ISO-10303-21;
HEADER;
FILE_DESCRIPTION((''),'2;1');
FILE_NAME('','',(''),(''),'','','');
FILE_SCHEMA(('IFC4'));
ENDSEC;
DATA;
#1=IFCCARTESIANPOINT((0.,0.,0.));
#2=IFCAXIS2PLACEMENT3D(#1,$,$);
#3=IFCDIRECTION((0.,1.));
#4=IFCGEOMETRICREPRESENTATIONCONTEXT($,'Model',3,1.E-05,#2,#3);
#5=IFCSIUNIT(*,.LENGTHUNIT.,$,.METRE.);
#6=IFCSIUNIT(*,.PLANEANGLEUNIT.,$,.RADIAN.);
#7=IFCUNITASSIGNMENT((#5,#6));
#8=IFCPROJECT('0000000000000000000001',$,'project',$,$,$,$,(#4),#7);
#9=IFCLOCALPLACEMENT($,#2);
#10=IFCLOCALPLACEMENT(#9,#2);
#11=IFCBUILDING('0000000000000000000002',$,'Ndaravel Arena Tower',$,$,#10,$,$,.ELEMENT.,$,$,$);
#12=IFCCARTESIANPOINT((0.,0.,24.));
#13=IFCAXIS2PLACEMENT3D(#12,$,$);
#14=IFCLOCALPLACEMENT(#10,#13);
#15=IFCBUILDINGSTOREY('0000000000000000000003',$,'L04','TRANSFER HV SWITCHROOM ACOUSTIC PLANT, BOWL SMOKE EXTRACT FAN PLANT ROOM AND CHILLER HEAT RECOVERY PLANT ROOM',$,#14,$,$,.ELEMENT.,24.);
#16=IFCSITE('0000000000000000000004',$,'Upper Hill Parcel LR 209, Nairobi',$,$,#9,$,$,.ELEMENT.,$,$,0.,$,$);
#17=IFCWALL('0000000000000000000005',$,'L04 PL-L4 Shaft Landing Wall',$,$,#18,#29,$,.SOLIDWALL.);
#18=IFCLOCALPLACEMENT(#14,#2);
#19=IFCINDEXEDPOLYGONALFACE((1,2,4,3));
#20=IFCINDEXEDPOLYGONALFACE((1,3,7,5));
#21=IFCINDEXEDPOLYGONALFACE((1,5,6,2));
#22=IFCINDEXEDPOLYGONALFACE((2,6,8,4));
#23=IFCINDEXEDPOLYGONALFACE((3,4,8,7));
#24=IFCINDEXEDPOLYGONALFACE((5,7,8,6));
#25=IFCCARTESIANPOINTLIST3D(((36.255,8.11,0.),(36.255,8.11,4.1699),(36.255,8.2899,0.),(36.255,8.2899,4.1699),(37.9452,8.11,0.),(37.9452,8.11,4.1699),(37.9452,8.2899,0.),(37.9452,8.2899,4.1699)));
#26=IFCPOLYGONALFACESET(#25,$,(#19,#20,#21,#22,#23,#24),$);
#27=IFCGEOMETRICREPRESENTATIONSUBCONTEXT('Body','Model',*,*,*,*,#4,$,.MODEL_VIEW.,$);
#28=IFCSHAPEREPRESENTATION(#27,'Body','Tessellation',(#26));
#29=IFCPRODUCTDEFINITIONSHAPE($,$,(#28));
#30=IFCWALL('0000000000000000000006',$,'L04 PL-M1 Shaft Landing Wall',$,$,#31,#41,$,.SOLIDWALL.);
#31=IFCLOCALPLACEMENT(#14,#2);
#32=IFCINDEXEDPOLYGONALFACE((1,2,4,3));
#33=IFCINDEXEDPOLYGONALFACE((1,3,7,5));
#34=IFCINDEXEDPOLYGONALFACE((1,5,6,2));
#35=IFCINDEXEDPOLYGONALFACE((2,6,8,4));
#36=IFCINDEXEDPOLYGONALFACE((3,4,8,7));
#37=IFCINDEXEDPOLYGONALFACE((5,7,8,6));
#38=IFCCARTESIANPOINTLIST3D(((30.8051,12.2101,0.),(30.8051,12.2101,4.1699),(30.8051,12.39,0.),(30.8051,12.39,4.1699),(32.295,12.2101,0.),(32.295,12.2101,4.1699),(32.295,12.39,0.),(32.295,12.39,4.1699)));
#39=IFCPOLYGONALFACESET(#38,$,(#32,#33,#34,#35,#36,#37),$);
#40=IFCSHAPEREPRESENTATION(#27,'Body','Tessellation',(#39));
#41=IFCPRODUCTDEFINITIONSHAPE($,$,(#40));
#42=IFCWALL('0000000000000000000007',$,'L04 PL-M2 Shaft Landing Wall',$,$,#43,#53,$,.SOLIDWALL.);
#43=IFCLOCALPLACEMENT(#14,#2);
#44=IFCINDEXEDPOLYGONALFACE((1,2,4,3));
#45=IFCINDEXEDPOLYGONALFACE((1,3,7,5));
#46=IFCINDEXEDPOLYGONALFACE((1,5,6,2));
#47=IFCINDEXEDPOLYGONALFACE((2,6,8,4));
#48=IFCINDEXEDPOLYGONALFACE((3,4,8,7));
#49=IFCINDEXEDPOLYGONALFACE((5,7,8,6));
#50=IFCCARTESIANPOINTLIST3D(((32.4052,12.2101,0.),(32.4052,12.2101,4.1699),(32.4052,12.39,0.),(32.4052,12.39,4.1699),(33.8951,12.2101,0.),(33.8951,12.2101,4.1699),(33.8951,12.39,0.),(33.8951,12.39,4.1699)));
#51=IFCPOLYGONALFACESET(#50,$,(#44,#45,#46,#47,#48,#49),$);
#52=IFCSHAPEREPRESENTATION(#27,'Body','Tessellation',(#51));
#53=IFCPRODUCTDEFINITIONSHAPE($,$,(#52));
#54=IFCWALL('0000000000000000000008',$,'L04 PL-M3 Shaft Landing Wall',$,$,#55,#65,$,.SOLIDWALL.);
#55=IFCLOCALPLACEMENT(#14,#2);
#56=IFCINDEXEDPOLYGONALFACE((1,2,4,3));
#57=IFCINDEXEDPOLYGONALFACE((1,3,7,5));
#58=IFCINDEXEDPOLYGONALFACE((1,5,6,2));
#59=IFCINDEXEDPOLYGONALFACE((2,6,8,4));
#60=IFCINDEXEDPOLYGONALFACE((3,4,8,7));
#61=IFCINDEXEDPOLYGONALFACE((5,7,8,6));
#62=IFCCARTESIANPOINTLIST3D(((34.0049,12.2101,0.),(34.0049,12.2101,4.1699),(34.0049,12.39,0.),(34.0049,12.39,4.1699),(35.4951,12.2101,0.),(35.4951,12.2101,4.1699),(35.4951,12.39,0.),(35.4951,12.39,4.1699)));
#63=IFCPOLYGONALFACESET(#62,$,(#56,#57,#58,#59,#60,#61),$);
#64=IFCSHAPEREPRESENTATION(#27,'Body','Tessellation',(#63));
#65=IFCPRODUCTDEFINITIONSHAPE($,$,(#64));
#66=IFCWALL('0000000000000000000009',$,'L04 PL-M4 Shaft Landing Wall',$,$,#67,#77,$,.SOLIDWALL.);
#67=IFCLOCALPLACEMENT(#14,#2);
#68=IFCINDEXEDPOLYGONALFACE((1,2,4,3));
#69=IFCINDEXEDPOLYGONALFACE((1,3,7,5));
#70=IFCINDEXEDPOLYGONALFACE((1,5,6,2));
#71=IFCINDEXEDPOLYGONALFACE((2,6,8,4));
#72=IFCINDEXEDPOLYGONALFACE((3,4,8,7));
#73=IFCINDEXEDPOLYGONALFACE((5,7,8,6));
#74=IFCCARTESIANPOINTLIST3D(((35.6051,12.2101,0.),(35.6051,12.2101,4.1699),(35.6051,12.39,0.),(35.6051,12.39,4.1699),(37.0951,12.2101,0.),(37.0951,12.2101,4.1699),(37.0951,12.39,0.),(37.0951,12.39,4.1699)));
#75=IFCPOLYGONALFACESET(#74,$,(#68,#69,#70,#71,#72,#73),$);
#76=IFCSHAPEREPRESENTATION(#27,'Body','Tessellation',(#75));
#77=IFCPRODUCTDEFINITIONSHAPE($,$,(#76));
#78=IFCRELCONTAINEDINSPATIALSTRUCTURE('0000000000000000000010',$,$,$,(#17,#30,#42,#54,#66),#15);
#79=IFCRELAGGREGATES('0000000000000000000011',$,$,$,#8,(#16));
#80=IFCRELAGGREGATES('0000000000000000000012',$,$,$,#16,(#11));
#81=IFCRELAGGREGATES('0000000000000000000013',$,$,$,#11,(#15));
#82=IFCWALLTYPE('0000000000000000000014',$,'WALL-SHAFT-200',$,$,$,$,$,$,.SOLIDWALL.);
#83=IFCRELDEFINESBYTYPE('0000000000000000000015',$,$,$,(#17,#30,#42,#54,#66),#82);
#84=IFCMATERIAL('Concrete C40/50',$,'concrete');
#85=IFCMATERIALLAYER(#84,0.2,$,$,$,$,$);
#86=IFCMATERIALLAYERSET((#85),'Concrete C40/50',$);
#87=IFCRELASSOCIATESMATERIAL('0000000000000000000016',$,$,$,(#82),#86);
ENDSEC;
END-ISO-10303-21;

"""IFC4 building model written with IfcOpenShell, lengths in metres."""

from ifc_helpers import new_model, si_unit, direction, frame, frame_2d, origin, place, context, subcontext, project, spatial, rectangle, extrude, material, layer, layer_set, type_object, element, save


model = new_model("IFC4")

# Units and contexts
model_context = context("Model", 3, precision=1e-05, world=origin(), true_north=direction((0.0, 1.0)))
body_context = subcontext(model_context, "Body", "Model", "MODEL_VIEW")
ifc_project = project(units=[si_unit("LENGTHUNIT", "METRE"), si_unit("PLANEANGLEUNIT", "RADIAN")], contexts=[model_context])

# Site, building, storey
site_placement = place(None, origin())
site = spatial("IfcSite", under=ifc_project, at=site_placement, Name="Upper Hill Parcel LR 209, Nairobi", CompositionType="ELEMENT", RefElevation=0.0)
building_placement = place(site_placement, origin())
building = spatial("IfcBuilding", under=site, at=building_placement, Name="Ndaravel Arena Tower", CompositionType="ELEMENT")
storey_placement = place(building_placement, frame((0.0, 0.0, 24.0)))
storey = spatial("IfcBuildingStorey", under=building, at=storey_placement, Name="L04", Description="TRANSFER HV SWITCHROOM ACOUSTIC PLANT, BOWL SMOKE EXTRACT FAN PLANT ROOM AND CHILLER HEAT RECOVERY PLANT ROOM", CompositionType="ELEMENT", Elevation=24.0)

# Walls
ifc_material_1 = material(Name="Concrete C40/50", Category="concrete")
ifc_layer_1 = layer(ifc_material_1, 0.2)
ifc_layer_set_1 = layer_set([ifc_layer_1], Name="Concrete C40/50")
wall_type_1 = type_object("IfcWallType", Name="WALL-SHAFT-200", PredefinedType="SOLIDWALL", material=ifc_layer_set_1)
wall_1_placement = place(storey_placement, frame((36.2549, 8.2, 0.0), z_axis=(0.0, 0.0, 1.0), x_axis=(1.0, 0.0, 0.0)))
element("IfcWall", 1, at=wall_1_placement, inside=storey, type_object=wall_type_1, Name="L04 PL-L4 Shaft Landing Wall", PredefinedType="SOLIDWALL", context=body_context, shape_type="SweptSolid", body=[
    extrude(rectangle(XDim=1.6902, YDim=0.1799, at=frame_2d((0.8452, 0.0))), origin(), (0.0, 0.0, 1.0), 4.1699),
])
for number, where, z_axis, x_axis, name in (
    (2, (30.8049, 12.3, 0.0), (0.0, 0.0, 1.0), (1.0, 0.0, 0.0), "L04 PL-M1 Shaft Landing Wall"),
    (3, (32.405, 12.3, 0.0), (0.0, 0.0, 1.0), (1.0, 0.0, 0.0), "L04 PL-M2 Shaft Landing Wall"),
):
    element("IfcWall", number, at=place(storey_placement, frame(where, z_axis=z_axis, x_axis=x_axis)), inside=storey, type_object=wall_type_1, Name=name, PredefinedType="SOLIDWALL", context=body_context, shape_type="SweptSolid", body=[
        extrude(rectangle(XDim=1.49, YDim=0.1799, at=frame_2d((0.7451, 0.0))), origin(), (0.0, 0.0, 1.0), 4.1699),
    ])
wall_2_placement = place(storey_placement, frame((34.0049, 12.3, 0.0), z_axis=(0.0, 0.0, 1.0), x_axis=(1.0, 0.0, 0.0)))
element("IfcWall", 4, at=wall_2_placement, inside=storey, type_object=wall_type_1, Name="L04 PL-M3 Shaft Landing Wall", PredefinedType="SOLIDWALL", context=body_context, shape_type="SweptSolid", body=[
    extrude(rectangle(XDim=1.4902, YDim=0.1799, at=frame_2d((0.7451, 0.0))), origin(), (0.0, 0.0, 1.0), 4.1699),
])
wall_3_placement = place(storey_placement, frame((35.605, 12.3, 0.0), z_axis=(0.0, 0.0, 1.0), x_axis=(1.0, 0.0, 0.0)))
element("IfcWall", 5, at=wall_3_placement, inside=storey, type_object=wall_type_1, Name="L04 PL-M4 Shaft Landing Wall", PredefinedType="SOLIDWALL", context=body_context, shape_type="SweptSolid", body=[
    extrude(rectangle(XDim=1.49, YDim=0.1799, at=frame_2d((0.7451, 0.0))), origin(), (0.0, 0.0, 1.0), 4.1699),
])

save(model, "model.ifc")
